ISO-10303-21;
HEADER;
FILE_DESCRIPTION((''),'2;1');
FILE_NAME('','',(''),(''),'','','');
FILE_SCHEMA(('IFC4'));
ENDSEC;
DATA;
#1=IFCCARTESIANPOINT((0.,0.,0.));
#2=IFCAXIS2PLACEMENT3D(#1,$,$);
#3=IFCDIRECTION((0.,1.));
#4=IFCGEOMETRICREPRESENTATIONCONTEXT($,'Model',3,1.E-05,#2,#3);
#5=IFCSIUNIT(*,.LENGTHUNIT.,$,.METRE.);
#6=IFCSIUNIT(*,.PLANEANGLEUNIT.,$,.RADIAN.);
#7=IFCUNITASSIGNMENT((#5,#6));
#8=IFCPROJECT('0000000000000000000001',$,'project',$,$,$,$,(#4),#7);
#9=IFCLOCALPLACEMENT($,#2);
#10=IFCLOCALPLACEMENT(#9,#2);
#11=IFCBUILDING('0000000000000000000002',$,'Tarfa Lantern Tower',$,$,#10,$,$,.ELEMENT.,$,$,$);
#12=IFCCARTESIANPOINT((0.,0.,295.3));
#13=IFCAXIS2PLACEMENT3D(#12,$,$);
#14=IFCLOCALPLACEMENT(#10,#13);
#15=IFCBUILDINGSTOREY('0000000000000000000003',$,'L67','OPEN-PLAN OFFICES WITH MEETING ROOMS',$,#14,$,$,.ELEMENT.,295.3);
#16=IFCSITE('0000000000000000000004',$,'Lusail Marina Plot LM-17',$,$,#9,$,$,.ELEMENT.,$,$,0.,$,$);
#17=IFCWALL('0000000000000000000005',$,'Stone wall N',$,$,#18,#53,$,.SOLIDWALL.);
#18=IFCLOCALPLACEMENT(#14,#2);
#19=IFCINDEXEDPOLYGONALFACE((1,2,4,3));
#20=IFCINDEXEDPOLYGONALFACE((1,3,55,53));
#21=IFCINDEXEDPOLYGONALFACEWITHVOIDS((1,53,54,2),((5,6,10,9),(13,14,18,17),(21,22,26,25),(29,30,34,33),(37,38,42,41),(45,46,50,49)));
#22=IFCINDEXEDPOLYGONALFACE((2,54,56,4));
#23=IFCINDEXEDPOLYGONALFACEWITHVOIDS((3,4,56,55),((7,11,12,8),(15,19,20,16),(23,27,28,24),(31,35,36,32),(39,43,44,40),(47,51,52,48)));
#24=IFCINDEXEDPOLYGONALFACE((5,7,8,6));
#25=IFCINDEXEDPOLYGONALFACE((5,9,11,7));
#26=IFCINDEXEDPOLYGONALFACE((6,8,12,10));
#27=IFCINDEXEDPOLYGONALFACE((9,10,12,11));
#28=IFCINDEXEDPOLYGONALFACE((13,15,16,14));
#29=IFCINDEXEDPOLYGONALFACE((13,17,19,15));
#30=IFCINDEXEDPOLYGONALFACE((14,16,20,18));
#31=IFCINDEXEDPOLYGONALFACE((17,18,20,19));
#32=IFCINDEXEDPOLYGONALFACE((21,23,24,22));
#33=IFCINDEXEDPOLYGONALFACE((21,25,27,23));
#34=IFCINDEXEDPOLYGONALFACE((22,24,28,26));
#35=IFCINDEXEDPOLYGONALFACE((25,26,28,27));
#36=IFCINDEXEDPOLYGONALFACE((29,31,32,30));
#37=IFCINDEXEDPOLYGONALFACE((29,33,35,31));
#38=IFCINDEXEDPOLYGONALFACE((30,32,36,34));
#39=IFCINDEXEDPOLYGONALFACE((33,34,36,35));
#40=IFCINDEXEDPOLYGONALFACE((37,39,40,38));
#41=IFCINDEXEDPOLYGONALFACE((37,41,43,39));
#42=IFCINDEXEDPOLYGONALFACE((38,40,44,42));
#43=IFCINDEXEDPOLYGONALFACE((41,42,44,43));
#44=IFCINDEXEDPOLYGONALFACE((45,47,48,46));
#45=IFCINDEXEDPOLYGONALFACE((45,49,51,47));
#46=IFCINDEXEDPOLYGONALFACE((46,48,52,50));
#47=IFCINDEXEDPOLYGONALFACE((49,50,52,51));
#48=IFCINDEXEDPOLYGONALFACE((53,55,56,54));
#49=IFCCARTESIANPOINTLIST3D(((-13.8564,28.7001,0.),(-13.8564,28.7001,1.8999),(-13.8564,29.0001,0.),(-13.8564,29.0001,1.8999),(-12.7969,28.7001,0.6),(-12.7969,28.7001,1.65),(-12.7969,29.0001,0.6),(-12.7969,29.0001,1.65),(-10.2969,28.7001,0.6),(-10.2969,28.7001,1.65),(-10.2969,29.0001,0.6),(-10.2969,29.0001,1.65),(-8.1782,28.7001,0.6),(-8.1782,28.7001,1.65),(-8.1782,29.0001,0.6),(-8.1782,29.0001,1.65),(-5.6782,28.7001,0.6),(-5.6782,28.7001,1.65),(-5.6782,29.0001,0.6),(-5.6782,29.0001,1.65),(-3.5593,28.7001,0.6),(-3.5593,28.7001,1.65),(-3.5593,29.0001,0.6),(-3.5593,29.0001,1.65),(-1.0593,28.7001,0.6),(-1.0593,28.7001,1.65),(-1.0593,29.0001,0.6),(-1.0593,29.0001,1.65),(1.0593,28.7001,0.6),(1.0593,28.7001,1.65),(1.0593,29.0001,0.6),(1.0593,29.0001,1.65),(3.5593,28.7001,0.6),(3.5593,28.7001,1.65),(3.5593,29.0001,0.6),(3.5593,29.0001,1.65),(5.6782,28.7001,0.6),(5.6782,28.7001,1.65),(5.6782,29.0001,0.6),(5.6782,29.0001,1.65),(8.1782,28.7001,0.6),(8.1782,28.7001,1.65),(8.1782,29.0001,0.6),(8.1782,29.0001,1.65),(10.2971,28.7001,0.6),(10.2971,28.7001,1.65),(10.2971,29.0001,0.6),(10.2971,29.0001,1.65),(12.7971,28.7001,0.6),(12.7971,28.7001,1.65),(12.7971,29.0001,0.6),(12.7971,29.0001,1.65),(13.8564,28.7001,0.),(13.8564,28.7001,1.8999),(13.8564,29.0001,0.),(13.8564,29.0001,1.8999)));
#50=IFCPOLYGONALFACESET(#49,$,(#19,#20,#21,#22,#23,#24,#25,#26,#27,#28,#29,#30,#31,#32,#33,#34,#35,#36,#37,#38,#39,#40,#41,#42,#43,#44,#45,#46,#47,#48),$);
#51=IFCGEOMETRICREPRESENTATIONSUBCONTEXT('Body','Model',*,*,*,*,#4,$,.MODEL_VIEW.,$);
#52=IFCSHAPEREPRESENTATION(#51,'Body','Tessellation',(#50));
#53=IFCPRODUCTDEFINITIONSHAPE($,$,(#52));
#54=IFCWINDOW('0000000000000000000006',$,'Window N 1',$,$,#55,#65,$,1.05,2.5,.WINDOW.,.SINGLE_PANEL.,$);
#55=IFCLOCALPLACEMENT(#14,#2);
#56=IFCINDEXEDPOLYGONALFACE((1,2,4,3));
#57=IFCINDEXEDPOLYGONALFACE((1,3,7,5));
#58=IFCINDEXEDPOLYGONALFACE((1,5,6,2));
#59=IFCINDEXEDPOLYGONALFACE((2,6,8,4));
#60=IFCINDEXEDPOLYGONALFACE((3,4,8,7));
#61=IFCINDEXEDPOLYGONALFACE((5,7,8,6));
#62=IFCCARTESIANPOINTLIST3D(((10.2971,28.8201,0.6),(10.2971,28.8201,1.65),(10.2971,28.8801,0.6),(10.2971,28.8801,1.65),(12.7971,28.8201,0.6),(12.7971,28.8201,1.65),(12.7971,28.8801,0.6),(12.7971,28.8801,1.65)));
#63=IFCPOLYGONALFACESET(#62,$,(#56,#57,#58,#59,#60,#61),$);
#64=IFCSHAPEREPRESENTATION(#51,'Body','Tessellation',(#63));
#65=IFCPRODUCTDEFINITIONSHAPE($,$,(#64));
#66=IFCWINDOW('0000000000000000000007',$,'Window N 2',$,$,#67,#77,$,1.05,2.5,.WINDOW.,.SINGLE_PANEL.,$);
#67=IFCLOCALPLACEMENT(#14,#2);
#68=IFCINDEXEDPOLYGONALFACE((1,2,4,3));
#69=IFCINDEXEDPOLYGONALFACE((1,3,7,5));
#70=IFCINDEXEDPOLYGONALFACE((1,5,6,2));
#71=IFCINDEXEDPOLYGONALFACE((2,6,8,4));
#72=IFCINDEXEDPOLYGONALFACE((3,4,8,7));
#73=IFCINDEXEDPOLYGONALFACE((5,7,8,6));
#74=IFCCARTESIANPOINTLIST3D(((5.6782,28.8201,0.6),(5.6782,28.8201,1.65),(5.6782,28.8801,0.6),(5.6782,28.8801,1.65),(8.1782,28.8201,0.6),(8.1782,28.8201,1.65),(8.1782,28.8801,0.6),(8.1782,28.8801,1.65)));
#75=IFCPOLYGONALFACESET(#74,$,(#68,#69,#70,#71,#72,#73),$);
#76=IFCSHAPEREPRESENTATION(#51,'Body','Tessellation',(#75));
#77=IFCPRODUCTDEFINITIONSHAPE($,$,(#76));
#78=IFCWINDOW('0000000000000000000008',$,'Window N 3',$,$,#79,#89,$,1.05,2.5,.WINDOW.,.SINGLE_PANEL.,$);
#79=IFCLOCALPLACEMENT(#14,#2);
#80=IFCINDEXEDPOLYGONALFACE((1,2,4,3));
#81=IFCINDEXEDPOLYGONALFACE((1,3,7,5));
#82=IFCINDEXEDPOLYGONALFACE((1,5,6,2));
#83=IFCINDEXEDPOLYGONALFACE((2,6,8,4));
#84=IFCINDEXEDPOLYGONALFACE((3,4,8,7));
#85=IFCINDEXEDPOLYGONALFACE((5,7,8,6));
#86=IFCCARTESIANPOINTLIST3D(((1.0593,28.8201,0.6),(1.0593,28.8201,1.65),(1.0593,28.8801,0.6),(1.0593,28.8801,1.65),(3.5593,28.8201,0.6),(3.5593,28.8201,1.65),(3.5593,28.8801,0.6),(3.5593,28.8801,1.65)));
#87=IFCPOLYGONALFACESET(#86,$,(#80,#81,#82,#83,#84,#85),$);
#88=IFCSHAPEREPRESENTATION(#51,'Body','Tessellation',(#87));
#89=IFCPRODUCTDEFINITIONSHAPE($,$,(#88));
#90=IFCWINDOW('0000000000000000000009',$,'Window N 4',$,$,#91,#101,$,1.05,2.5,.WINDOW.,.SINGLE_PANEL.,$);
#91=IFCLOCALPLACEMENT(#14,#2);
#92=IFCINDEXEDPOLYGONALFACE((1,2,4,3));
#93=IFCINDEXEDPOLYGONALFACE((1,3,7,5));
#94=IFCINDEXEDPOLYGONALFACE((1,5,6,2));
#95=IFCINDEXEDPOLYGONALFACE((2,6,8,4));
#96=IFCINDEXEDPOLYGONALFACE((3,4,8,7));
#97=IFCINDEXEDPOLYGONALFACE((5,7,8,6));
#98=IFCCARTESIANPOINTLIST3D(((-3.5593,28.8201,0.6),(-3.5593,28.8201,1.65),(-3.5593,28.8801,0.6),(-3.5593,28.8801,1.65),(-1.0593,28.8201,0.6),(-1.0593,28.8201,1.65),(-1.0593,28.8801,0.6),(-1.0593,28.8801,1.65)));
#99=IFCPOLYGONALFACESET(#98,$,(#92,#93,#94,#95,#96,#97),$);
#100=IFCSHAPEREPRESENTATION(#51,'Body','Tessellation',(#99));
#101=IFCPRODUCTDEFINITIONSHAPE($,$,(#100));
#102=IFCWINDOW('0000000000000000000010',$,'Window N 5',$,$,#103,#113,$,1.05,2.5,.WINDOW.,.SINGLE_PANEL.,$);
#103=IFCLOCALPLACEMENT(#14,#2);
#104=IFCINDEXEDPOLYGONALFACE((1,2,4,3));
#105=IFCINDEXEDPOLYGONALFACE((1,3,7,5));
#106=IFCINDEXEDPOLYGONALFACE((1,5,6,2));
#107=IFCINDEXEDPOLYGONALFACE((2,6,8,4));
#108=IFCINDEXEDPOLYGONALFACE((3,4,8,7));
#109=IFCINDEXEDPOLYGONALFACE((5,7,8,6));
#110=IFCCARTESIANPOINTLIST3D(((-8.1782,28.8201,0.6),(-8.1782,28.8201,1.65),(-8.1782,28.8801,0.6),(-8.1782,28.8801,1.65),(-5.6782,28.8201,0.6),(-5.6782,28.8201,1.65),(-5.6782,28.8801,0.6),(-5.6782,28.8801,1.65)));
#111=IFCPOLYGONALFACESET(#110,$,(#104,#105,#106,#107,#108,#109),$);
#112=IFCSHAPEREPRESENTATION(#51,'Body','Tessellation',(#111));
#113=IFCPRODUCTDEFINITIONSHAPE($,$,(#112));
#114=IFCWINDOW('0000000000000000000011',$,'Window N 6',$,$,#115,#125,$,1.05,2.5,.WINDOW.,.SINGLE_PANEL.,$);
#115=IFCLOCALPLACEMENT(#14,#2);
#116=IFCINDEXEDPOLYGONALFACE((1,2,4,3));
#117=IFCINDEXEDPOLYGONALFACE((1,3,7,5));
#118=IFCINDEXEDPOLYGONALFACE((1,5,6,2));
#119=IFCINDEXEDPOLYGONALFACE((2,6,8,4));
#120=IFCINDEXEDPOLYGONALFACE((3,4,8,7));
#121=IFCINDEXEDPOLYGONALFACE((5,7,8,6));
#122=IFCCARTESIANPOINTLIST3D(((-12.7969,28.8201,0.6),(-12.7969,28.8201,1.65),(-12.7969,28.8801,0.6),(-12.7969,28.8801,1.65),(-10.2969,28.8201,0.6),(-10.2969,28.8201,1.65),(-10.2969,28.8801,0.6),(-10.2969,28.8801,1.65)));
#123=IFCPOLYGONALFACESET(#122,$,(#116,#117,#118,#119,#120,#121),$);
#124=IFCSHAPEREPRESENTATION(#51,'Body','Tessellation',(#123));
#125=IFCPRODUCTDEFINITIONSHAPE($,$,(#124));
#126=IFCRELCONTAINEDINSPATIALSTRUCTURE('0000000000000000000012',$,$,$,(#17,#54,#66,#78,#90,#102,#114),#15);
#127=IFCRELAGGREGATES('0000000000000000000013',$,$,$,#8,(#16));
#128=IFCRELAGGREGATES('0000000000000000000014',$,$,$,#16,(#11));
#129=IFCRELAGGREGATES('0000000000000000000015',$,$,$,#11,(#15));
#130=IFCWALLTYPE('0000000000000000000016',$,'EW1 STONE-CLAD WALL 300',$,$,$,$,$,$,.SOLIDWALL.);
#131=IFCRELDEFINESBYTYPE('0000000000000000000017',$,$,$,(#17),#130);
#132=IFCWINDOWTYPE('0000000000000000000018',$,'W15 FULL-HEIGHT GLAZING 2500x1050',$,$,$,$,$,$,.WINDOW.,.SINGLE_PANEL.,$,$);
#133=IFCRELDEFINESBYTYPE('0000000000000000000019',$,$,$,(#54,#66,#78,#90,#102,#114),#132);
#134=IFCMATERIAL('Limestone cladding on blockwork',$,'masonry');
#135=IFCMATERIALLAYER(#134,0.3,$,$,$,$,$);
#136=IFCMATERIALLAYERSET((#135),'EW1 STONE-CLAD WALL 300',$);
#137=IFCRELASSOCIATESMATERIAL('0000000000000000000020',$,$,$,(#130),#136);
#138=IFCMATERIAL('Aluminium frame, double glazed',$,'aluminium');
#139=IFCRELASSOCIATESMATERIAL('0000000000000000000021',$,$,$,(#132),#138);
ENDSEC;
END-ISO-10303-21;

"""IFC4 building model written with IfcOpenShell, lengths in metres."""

from ifc_helpers import new_model, si_unit, direction, frame, frame_2d, origin, place, context, subcontext, project, spatial, rectangle, extrude, material, layer, layer_set, type_object, element, fill, save


model = new_model("IFC4")

# Units and contexts
model_context = context("Model", 3, precision=1e-05, world=origin(), true_north=direction((0.0, 1.0)))
body_context = subcontext(model_context, "Body", "Model", "MODEL_VIEW")
ifc_project = project(units=[si_unit("LENGTHUNIT", "METRE"), si_unit("PLANEANGLEUNIT", "RADIAN")], contexts=[model_context])

# Site, building, storey
site_placement = place(None, origin())
site = spatial("IfcSite", under=ifc_project, at=site_placement, Name="Lusail Marina Plot LM-17", CompositionType="ELEMENT", RefElevation=0.0)
building_placement = place(site_placement, origin())
building = spatial("IfcBuilding", under=site, at=building_placement, Name="Tarfa Lantern Tower", CompositionType="ELEMENT")
storey_placement = place(building_placement, frame((0.0, 0.0, 295.3)))
storey = spatial("IfcBuildingStorey", under=building, at=storey_placement, Name="L67", Description="OPEN-PLAN OFFICES WITH MEETING ROOMS", CompositionType="ELEMENT", Elevation=295.3)

# Wall, openings, windows
ifc_material_1 = material(Name="Limestone cladding on blockwork", Category="masonry")
ifc_layer_1 = layer(ifc_material_1, 0.3)
ifc_layer_set_1 = layer_set([ifc_layer_1], Name="EW1 STONE-CLAD WALL 300")
wall_type_1 = type_object("IfcWallType", Name="EW1 STONE-CLAD WALL 300", PredefinedType="SOLIDWALL", material=ifc_layer_set_1)
wall_1_placement = place(storey_placement, frame((13.8564, 28.8501, 0.0), z_axis=(0.0, 0.0, 1.0), x_axis=(-1.0, 0.0, 0.0)))
wall_1 = element("IfcWall", 1, at=wall_1_placement, inside=storey, type_object=wall_type_1, Name="Stone wall N", PredefinedType="SOLIDWALL", context=body_context, shape_type="SweptSolid", body=[
    extrude(rectangle(XDim=27.7129, YDim=0.3, at=frame_2d((13.8564, 0.0))), origin(), (0.0, 0.0, 1.0), 1.8999),
])
opening_1_placement = place(wall_1_placement, frame((1.0593, 0.0, 0.6001)))
opening_1 = element("IfcOpeningElement", 2, at=opening_1_placement, cuts=wall_1, PredefinedType="OPENING", context=body_context, shape_type="SweptSolid", body=[
    extrude(rectangle(XDim=2.5, YDim=1.05, at=frame_2d((1.25, 0.5249))), frame((0.0, 0.1599, 0.0), z_axis=(0.0, -1.0, 0.0), x_axis=(1.0, 0.0, 0.0)), (0.0, 0.0, 1.0), 0.3201),
])
opening_2_placement = place(wall_1_placement, frame((5.6782, 0.0, 0.6001)))
opening_2 = element("IfcOpeningElement", 3, at=opening_2_placement, cuts=wall_1, PredefinedType="OPENING", context=body_context, shape_type="SweptSolid", body=[
    extrude(rectangle(XDim=2.5, YDim=1.05, at=frame_2d((1.25, 0.5249))), frame((0.0, 0.1599, 0.0), z_axis=(0.0, -1.0, 0.0), x_axis=(1.0, 0.0, 0.0)), (0.0, 0.0, 1.0), 0.3201),
])
opening_3_placement = place(wall_1_placement, frame((10.2971, 0.0, 0.6001)))
opening_3 = element("IfcOpeningElement", 4, at=opening_3_placement, cuts=wall_1, PredefinedType="OPENING", context=body_context, shape_type="SweptSolid", body=[
    extrude(rectangle(XDim=2.5, YDim=1.05, at=frame_2d((1.25, 0.5249))), frame((0.0, 0.1599, 0.0), z_axis=(0.0, -1.0, 0.0), x_axis=(1.0, 0.0, 0.0)), (0.0, 0.0, 1.0), 0.3201),
])
opening_4_placement = place(wall_1_placement, frame((14.9158, 0.0, 0.6001)))
opening_4 = element("IfcOpeningElement", 5, at=opening_4_placement, cuts=wall_1, PredefinedType="OPENING", context=body_context, shape_type="SweptSolid", body=[
    extrude(rectangle(XDim=2.5, YDim=1.05, at=frame_2d((1.25, 0.5249))), frame((0.0, 0.1599, 0.0), z_axis=(0.0, -1.0, 0.0), x_axis=(1.0, 0.0, 0.0)), (0.0, 0.0, 1.0), 0.3201),
])
opening_5_placement = place(wall_1_placement, frame((19.5347, 0.0, 0.6001)))
opening_5 = element("IfcOpeningElement", 6, at=opening_5_placement, cuts=wall_1, PredefinedType="OPENING", context=body_context, shape_type="SweptSolid", body=[
    extrude(rectangle(XDim=2.5, YDim=1.05, at=frame_2d((1.25, 0.5249))), frame((0.0, 0.1599, 0.0), z_axis=(0.0, -1.0, 0.0), x_axis=(1.0, 0.0, 0.0)), (0.0, 0.0, 1.0), 0.3201),
])
opening_6_placement = place(wall_1_placement, frame((24.1533, 0.0, 0.6001)))
opening_6 = element("IfcOpeningElement", 7, at=opening_6_placement, cuts=wall_1, PredefinedType="OPENING", context=body_context, shape_type="SweptSolid", body=[
    extrude(rectangle(XDim=2.5, YDim=1.05, at=frame_2d((1.25, 0.5249))), frame((0.0, 0.1599, 0.0), z_axis=(0.0, -1.0, 0.0), x_axis=(1.0, 0.0, 0.0)), (0.0, 0.0, 1.0), 0.3201),
])
ifc_material_2 = material(Name="Aluminium frame, double glazed", Category="aluminium")
window_type = type_object("IfcWindowType", Name="W15 FULL-HEIGHT GLAZING 2500x1050", PartitioningType="SINGLE_PANEL", PredefinedType="WINDOW", material=ifc_material_2)
window_1_placement = place(opening_1_placement, origin())
window_1 = element("IfcWindow", 8, at=window_1_placement, inside=storey, type_object=window_type, Name="Window N 1", OverallHeight=1.05, OverallWidth=2.5, PartitioningType="SINGLE_PANEL", PredefinedType="WINDOW", context=body_context, shape_type="SweptSolid", body=[
    extrude(rectangle(XDim=2.5, YDim=1.05, at=frame_2d((1.25, 0.5249))), frame((0.0, 0.03, 0.0), z_axis=(0.0, -1.0, 0.0), x_axis=(1.0, 0.0, 0.0)), (0.0, 0.0, 1.0), 0.0601),
])
fill(opening_1, window_1)
window_2_placement = place(opening_2_placement, origin())
window_2 = element("IfcWindow", 9, at=window_2_placement, inside=storey, type_object=window_type, Name="Window N 2", OverallHeight=1.05, OverallWidth=2.5, PartitioningType="SINGLE_PANEL", PredefinedType="WINDOW", context=body_context, shape_type="SweptSolid", body=[
    extrude(rectangle(XDim=2.5, YDim=1.05, at=frame_2d((1.25, 0.5249))), frame((0.0, 0.03, 0.0), z_axis=(0.0, -1.0, 0.0), x_axis=(1.0, 0.0, 0.0)), (0.0, 0.0, 1.0), 0.0601),
])
fill(opening_2, window_2)
window_3_placement = place(opening_3_placement, origin())
window_3 = element("IfcWindow", 10, at=window_3_placement, inside=storey, type_object=window_type, Name="Window N 3", OverallHeight=1.05, OverallWidth=2.5, PartitioningType="SINGLE_PANEL", PredefinedType="WINDOW", context=body_context, shape_type="SweptSolid", body=[
    extrude(rectangle(XDim=2.5, YDim=1.05, at=frame_2d((1.25, 0.5249))), frame((0.0, 0.03, 0.0), z_axis=(0.0, -1.0, 0.0), x_axis=(1.0, 0.0, 0.0)), (0.0, 0.0, 1.0), 0.0601),
])
fill(opening_3, window_3)
window_4_placement = place(opening_4_placement, origin())
window_4 = element("IfcWindow", 11, at=window_4_placement, inside=storey, type_object=window_type, Name="Window N 4", OverallHeight=1.05, OverallWidth=2.5, PartitioningType="SINGLE_PANEL", PredefinedType="WINDOW", context=body_context, shape_type="SweptSolid", body=[
    extrude(rectangle(XDim=2.5, YDim=1.05, at=frame_2d((1.25, 0.5249))), frame((0.0, 0.03, 0.0), z_axis=(0.0, -1.0, 0.0), x_axis=(1.0, 0.0, 0.0)), (0.0, 0.0, 1.0), 0.0601),
])
fill(opening_4, window_4)
window_5_placement = place(opening_5_placement, origin())
window_5 = element("IfcWindow", 12, at=window_5_placement, inside=storey, type_object=window_type, Name="Window N 5", OverallHeight=1.05, OverallWidth=2.5, PartitioningType="SINGLE_PANEL", PredefinedType="WINDOW", context=body_context, shape_type="SweptSolid", body=[
    extrude(rectangle(XDim=2.5, YDim=1.05, at=frame_2d((1.25, 0.5249))), frame((0.0, 0.03, 0.0), z_axis=(0.0, -1.0, 0.0), x_axis=(1.0, 0.0, 0.0)), (0.0, 0.0, 1.0), 0.0601),
])
fill(opening_5, window_5)
window_6_placement = place(opening_6_placement, origin())
window_6 = element("IfcWindow", 13, at=window_6_placement, inside=storey, type_object=window_type, Name="Window N 6", OverallHeight=1.05, OverallWidth=2.5, PartitioningType="SINGLE_PANEL", PredefinedType="WINDOW", context=body_context, shape_type="SweptSolid", body=[
    extrude(rectangle(XDim=2.5, YDim=1.05, at=frame_2d((1.25, 0.5249))), frame((0.0, 0.03, 0.0), z_axis=(0.0, -1.0, 0.0), x_axis=(1.0, 0.0, 0.0)), (0.0, 0.0, 1.0), 0.0601),
])
fill(opening_6, window_6)

save(model, "model.ifc")
